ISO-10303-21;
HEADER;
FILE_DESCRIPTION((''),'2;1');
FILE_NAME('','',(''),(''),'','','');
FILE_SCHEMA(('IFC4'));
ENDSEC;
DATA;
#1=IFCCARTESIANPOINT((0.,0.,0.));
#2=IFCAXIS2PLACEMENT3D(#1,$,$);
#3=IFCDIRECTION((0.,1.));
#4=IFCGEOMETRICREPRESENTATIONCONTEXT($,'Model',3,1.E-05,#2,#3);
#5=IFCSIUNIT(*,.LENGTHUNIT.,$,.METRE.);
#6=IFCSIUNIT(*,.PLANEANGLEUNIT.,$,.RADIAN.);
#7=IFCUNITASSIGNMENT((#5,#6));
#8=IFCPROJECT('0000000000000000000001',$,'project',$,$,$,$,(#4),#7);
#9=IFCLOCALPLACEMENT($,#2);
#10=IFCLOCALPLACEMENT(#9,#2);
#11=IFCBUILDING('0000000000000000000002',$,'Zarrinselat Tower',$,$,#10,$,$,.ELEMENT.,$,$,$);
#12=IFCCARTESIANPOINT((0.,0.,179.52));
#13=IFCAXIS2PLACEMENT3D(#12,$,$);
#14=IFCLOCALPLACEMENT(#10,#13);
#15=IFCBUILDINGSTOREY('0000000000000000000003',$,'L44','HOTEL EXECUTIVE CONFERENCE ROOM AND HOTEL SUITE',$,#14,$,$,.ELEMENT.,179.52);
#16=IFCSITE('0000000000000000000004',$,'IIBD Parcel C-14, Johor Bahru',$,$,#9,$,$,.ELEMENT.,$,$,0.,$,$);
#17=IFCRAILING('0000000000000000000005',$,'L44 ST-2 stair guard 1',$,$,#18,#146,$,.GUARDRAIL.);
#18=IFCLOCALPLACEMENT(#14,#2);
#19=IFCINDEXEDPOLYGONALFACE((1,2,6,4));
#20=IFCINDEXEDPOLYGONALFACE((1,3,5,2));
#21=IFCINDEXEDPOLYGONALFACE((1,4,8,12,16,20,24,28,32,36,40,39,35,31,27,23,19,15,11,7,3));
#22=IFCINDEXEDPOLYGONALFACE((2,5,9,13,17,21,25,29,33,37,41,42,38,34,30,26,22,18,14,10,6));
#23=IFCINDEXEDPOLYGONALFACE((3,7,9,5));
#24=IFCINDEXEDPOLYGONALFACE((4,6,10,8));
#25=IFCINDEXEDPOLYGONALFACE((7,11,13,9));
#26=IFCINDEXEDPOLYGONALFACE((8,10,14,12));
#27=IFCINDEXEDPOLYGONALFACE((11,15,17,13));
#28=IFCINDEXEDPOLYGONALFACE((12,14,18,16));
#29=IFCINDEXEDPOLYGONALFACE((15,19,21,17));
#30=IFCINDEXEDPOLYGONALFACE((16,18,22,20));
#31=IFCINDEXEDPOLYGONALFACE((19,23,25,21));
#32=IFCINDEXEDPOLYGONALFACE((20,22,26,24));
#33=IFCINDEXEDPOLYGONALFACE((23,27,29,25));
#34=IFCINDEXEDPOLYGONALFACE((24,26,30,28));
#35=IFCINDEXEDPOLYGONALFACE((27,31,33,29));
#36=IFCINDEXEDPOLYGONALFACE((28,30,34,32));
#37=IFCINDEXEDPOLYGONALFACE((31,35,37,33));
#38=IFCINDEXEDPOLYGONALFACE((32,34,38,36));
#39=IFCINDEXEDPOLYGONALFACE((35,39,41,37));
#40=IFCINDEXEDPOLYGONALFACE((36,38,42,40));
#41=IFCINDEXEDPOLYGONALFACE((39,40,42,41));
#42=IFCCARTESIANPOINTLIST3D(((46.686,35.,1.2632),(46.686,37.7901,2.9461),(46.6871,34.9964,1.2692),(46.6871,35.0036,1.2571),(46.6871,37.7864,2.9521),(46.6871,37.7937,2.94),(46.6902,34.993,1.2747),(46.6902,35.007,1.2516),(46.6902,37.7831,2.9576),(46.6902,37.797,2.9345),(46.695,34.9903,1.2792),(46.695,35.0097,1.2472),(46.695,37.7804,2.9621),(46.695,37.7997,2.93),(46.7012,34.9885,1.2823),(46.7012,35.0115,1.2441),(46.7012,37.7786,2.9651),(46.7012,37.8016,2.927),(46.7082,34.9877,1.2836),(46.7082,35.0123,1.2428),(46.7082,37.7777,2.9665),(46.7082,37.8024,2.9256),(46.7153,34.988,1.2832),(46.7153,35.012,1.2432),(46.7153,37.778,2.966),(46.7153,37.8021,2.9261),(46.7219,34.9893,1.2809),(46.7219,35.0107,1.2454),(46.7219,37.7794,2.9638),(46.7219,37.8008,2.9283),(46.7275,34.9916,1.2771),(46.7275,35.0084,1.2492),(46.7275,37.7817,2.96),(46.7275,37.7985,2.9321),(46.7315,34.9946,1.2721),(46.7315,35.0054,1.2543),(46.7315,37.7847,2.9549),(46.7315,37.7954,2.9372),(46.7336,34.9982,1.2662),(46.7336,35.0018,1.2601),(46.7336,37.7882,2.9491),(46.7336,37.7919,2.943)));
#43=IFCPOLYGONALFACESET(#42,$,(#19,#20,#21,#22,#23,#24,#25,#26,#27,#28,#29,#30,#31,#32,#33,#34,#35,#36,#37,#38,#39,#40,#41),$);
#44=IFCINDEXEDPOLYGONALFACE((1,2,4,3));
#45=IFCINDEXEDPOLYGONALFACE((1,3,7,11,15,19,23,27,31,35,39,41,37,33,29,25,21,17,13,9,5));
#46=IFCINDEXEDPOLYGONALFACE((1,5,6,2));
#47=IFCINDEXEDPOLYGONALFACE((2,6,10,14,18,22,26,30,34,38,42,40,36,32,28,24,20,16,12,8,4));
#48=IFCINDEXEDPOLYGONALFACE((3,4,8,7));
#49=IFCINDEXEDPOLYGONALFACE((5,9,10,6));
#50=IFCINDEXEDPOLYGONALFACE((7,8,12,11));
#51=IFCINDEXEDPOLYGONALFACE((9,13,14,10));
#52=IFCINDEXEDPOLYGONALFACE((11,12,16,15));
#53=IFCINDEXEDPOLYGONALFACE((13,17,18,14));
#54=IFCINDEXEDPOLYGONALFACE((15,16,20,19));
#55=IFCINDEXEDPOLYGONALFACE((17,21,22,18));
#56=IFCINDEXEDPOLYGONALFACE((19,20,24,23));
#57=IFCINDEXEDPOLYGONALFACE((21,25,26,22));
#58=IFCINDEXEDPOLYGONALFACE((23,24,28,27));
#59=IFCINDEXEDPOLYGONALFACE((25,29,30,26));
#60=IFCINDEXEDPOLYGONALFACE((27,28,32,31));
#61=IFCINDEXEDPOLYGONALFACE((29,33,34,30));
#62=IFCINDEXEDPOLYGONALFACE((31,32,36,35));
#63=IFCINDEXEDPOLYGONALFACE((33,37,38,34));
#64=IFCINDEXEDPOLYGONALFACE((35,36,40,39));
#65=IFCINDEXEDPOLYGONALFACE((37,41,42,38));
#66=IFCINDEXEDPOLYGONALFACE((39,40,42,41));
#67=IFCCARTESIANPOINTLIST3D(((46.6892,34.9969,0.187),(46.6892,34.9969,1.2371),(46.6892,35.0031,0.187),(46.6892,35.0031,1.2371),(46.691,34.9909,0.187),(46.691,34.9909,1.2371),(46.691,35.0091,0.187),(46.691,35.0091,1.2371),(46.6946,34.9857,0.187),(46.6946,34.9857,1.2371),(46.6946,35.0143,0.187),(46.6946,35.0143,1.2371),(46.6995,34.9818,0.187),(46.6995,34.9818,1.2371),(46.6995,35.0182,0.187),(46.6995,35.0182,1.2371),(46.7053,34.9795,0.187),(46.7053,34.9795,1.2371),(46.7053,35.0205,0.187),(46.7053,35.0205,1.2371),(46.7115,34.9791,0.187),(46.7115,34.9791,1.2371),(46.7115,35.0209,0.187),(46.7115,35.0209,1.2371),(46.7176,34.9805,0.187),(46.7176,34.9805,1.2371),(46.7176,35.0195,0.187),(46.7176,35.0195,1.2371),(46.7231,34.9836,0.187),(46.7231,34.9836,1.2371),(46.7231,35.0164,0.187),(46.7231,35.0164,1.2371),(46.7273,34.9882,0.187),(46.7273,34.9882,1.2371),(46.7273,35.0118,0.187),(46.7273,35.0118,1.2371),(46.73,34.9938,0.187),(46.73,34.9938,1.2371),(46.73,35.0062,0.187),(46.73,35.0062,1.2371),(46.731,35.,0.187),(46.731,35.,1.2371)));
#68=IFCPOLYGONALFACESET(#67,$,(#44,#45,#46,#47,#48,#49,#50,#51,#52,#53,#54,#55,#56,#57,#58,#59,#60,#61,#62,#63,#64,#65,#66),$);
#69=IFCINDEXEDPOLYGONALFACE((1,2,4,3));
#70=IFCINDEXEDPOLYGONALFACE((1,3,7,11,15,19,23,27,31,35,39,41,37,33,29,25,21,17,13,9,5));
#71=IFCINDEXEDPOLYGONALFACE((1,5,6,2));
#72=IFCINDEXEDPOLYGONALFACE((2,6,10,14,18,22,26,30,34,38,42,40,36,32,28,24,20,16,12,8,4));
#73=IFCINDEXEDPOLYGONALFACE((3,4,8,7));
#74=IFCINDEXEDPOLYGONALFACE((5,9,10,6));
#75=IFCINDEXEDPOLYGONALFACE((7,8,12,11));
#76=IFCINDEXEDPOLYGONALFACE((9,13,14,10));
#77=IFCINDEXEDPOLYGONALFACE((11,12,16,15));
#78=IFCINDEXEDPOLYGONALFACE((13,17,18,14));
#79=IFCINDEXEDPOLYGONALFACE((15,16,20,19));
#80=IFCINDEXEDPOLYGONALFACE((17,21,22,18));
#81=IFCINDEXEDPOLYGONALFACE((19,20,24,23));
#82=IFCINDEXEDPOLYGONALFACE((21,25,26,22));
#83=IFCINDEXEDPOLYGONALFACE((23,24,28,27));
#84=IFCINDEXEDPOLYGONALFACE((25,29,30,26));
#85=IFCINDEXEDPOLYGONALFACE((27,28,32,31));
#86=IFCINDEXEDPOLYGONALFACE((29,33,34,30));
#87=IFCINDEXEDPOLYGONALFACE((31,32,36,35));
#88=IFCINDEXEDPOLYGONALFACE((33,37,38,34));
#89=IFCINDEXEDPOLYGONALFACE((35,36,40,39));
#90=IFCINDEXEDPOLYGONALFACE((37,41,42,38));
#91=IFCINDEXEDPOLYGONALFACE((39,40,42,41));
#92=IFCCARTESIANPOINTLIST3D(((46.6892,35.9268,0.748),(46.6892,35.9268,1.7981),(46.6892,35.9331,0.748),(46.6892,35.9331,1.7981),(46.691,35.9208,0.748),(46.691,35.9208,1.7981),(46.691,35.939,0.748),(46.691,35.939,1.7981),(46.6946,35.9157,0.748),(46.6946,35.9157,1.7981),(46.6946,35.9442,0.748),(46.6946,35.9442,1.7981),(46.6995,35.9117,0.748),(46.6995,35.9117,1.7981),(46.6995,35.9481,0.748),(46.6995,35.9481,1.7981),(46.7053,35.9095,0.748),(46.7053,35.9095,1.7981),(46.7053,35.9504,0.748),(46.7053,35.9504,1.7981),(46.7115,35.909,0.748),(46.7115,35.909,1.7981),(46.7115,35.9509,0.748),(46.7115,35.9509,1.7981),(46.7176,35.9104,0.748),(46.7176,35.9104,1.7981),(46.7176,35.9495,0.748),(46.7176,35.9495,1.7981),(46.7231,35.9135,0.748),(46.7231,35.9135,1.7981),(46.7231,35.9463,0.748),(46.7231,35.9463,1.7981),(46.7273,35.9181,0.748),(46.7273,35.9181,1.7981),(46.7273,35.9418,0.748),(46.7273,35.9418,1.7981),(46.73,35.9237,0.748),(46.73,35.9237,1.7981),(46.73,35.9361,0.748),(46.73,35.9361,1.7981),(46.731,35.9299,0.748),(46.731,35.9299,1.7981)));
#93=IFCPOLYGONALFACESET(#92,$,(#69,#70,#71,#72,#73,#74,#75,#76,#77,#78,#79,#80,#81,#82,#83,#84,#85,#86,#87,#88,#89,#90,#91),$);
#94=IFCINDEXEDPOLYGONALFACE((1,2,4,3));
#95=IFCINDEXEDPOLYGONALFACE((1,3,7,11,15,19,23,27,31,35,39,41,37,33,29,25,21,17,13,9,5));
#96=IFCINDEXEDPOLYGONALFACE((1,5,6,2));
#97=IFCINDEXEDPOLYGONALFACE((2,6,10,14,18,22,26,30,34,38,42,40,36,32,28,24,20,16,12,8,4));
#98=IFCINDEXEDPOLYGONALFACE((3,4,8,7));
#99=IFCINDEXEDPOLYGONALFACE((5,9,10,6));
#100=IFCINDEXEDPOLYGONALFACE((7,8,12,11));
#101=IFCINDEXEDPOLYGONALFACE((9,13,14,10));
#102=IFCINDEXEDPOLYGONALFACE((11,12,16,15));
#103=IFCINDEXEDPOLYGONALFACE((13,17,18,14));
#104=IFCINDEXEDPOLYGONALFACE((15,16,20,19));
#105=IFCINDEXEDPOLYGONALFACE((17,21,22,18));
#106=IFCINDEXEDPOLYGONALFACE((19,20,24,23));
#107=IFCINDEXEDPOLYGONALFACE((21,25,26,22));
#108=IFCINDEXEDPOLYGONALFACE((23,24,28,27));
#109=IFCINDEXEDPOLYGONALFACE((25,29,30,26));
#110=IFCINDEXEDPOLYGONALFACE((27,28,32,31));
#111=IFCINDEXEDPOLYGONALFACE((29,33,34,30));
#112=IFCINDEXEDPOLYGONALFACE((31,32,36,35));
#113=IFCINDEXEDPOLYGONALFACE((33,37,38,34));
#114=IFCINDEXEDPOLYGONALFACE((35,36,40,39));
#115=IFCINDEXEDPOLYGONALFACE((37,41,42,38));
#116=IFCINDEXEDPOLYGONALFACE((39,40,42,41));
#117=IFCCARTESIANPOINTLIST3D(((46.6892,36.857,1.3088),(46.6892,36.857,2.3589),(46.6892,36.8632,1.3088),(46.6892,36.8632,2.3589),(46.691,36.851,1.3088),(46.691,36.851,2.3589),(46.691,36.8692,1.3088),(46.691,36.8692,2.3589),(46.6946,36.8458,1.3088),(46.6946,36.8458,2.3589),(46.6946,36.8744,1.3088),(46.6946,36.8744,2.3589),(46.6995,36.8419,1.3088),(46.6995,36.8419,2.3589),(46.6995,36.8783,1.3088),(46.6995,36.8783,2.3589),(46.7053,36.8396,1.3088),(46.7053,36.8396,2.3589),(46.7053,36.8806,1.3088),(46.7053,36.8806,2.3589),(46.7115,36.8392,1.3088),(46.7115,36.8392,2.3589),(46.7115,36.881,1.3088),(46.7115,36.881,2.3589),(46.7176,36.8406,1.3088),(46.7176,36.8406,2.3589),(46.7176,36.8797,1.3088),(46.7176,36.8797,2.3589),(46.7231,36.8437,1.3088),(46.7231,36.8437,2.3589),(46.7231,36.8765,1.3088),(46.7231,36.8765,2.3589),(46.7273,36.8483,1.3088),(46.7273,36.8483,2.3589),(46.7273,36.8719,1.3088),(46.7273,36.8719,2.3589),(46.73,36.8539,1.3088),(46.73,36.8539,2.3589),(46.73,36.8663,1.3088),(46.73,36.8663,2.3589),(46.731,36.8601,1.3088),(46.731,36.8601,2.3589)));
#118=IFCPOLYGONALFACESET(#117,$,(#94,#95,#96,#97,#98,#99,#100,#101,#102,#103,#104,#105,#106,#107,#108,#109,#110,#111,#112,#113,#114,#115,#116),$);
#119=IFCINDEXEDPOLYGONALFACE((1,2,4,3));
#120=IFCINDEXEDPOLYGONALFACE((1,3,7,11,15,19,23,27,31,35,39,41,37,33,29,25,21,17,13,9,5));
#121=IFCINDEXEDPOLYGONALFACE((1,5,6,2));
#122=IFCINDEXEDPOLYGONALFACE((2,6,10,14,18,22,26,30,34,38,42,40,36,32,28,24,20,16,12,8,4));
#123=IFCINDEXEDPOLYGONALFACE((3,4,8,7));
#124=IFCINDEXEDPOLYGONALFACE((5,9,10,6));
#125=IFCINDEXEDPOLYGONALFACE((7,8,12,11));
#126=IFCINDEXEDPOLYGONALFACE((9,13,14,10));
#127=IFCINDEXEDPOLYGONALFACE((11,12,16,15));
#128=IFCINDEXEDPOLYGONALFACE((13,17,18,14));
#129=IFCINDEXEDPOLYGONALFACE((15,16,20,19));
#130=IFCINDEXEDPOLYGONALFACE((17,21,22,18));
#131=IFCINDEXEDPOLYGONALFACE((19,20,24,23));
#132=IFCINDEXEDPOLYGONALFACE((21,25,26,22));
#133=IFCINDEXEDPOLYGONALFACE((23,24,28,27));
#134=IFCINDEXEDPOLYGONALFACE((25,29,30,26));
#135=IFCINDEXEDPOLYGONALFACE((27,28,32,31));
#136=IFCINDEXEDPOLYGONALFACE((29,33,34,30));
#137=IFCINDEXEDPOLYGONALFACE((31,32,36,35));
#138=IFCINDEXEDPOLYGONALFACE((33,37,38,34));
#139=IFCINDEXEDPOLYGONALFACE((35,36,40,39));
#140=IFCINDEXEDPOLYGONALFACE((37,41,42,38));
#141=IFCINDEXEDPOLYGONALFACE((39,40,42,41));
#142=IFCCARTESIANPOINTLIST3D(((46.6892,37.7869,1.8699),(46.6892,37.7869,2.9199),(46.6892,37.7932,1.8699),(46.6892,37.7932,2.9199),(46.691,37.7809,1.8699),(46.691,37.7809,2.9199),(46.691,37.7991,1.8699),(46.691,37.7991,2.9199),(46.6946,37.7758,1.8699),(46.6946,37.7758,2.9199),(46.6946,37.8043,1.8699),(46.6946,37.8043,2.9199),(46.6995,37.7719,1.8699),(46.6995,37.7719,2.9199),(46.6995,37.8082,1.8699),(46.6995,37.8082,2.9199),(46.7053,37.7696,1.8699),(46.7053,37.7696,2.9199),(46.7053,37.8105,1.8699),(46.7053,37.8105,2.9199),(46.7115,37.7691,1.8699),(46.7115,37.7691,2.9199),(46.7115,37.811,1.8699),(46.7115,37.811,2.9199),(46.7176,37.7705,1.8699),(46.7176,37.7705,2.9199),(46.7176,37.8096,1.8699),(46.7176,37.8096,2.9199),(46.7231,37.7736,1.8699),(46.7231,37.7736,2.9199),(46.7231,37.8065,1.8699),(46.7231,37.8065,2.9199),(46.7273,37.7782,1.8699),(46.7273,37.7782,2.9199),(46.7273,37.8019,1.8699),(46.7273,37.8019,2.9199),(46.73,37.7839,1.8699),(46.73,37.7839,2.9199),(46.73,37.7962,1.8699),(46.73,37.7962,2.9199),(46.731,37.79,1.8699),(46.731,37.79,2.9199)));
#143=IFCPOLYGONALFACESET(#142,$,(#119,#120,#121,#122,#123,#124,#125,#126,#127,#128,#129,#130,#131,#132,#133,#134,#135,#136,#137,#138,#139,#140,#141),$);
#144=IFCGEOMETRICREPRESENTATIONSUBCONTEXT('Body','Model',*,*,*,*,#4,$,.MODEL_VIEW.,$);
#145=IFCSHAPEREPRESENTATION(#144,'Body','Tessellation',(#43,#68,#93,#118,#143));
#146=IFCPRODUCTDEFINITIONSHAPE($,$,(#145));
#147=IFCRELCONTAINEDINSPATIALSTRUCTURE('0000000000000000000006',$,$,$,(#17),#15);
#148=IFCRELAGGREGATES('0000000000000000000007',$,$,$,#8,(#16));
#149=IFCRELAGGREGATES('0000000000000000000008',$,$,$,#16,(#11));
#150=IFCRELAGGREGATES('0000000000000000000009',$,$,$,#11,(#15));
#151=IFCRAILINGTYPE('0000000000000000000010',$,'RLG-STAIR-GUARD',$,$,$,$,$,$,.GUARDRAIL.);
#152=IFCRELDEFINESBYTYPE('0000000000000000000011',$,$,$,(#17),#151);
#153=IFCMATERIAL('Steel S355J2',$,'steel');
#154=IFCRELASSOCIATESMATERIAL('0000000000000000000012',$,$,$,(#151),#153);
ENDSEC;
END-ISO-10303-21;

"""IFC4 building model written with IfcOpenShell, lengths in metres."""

from ifc_helpers import new_model, si_unit, direction, frame, origin, origin_2d, place, context, subcontext, project, spatial, circle, extrude, material, type_object, element, save


model = new_model("IFC4")

# Units and contexts
model_context = context("Model", 3, precision=1e-05, world=origin(), true_north=direction((0.0, 1.0)))
body_context = subcontext(model_context, "Body", "Model", "MODEL_VIEW")
ifc_project = project(units=[si_unit("LENGTHUNIT", "METRE"), si_unit("PLANEANGLEUNIT", "RADIAN")], contexts=[model_context])

# Site, building, storey
site_placement = place(None, origin())
site = spatial("IfcSite", under=ifc_project, at=site_placement, Name="IIBD Parcel C-14, Johor Bahru", CompositionType="ELEMENT", RefElevation=0.0)
building_placement = place(site_placement, origin())
building = spatial("IfcBuilding", under=site, at=building_placement, Name="Zarrinselat Tower", CompositionType="ELEMENT")
storey_placement = place(building_placement, frame((0.0, 0.0, 179.52)))
storey = spatial("IfcBuildingStorey", under=building, at=storey_placement, Name="L44", Description="HOTEL EXECUTIVE CONFERENCE ROOM AND HOTEL SUITE", CompositionType="ELEMENT", Elevation=179.52)

# Railing
ifc_material_1 = material(Name="Steel S355J2", Category="steel")
railing_type_1 = type_object("IfcRailingType", Name="RLG-STAIR-GUARD", PredefinedType="GUARDRAIL", material=ifc_material_1)
railing_1_placement = place(storey_placement, frame((46.71, 35.0, 0.187)))
element("IfcRailing", 1, at=railing_1_placement, inside=storey, type_object=railing_type_1, Name="L44 ST-2 stair guard 1", PredefinedType="GUARDRAIL", context=body_context, shape_type="SweptSolid", body=[
    extrude(circle(Radius=0.0239, at=origin_2d()), frame((0.0, 0.0, 1.0762), z_axis=(0.0, 0.856294, 0.516489), x_axis=(-1.0, 0.0, 0.0)), (0.0, 0.0, 1.0), 3.2583),
    extrude(circle(Radius=0.021, at=origin_2d()), origin(), (0.0, 0.0, 1.0), 1.05),
    extrude(circle(Radius=0.021, at=origin_2d()), frame((0.0, 0.9299, 0.561)), (0.0, 0.0, 1.0), 1.05),
    extrude(circle(Radius=0.021, at=origin_2d()), frame((0.0, 1.8601, 1.1218)), (0.0, 0.0, 1.0), 1.05),
    extrude(circle(Radius=0.021, at=origin_2d()), frame((0.0, 2.79, 1.6829)), (0.0, 0.0, 1.0), 1.05),
])

save(model, "model.ifc")
